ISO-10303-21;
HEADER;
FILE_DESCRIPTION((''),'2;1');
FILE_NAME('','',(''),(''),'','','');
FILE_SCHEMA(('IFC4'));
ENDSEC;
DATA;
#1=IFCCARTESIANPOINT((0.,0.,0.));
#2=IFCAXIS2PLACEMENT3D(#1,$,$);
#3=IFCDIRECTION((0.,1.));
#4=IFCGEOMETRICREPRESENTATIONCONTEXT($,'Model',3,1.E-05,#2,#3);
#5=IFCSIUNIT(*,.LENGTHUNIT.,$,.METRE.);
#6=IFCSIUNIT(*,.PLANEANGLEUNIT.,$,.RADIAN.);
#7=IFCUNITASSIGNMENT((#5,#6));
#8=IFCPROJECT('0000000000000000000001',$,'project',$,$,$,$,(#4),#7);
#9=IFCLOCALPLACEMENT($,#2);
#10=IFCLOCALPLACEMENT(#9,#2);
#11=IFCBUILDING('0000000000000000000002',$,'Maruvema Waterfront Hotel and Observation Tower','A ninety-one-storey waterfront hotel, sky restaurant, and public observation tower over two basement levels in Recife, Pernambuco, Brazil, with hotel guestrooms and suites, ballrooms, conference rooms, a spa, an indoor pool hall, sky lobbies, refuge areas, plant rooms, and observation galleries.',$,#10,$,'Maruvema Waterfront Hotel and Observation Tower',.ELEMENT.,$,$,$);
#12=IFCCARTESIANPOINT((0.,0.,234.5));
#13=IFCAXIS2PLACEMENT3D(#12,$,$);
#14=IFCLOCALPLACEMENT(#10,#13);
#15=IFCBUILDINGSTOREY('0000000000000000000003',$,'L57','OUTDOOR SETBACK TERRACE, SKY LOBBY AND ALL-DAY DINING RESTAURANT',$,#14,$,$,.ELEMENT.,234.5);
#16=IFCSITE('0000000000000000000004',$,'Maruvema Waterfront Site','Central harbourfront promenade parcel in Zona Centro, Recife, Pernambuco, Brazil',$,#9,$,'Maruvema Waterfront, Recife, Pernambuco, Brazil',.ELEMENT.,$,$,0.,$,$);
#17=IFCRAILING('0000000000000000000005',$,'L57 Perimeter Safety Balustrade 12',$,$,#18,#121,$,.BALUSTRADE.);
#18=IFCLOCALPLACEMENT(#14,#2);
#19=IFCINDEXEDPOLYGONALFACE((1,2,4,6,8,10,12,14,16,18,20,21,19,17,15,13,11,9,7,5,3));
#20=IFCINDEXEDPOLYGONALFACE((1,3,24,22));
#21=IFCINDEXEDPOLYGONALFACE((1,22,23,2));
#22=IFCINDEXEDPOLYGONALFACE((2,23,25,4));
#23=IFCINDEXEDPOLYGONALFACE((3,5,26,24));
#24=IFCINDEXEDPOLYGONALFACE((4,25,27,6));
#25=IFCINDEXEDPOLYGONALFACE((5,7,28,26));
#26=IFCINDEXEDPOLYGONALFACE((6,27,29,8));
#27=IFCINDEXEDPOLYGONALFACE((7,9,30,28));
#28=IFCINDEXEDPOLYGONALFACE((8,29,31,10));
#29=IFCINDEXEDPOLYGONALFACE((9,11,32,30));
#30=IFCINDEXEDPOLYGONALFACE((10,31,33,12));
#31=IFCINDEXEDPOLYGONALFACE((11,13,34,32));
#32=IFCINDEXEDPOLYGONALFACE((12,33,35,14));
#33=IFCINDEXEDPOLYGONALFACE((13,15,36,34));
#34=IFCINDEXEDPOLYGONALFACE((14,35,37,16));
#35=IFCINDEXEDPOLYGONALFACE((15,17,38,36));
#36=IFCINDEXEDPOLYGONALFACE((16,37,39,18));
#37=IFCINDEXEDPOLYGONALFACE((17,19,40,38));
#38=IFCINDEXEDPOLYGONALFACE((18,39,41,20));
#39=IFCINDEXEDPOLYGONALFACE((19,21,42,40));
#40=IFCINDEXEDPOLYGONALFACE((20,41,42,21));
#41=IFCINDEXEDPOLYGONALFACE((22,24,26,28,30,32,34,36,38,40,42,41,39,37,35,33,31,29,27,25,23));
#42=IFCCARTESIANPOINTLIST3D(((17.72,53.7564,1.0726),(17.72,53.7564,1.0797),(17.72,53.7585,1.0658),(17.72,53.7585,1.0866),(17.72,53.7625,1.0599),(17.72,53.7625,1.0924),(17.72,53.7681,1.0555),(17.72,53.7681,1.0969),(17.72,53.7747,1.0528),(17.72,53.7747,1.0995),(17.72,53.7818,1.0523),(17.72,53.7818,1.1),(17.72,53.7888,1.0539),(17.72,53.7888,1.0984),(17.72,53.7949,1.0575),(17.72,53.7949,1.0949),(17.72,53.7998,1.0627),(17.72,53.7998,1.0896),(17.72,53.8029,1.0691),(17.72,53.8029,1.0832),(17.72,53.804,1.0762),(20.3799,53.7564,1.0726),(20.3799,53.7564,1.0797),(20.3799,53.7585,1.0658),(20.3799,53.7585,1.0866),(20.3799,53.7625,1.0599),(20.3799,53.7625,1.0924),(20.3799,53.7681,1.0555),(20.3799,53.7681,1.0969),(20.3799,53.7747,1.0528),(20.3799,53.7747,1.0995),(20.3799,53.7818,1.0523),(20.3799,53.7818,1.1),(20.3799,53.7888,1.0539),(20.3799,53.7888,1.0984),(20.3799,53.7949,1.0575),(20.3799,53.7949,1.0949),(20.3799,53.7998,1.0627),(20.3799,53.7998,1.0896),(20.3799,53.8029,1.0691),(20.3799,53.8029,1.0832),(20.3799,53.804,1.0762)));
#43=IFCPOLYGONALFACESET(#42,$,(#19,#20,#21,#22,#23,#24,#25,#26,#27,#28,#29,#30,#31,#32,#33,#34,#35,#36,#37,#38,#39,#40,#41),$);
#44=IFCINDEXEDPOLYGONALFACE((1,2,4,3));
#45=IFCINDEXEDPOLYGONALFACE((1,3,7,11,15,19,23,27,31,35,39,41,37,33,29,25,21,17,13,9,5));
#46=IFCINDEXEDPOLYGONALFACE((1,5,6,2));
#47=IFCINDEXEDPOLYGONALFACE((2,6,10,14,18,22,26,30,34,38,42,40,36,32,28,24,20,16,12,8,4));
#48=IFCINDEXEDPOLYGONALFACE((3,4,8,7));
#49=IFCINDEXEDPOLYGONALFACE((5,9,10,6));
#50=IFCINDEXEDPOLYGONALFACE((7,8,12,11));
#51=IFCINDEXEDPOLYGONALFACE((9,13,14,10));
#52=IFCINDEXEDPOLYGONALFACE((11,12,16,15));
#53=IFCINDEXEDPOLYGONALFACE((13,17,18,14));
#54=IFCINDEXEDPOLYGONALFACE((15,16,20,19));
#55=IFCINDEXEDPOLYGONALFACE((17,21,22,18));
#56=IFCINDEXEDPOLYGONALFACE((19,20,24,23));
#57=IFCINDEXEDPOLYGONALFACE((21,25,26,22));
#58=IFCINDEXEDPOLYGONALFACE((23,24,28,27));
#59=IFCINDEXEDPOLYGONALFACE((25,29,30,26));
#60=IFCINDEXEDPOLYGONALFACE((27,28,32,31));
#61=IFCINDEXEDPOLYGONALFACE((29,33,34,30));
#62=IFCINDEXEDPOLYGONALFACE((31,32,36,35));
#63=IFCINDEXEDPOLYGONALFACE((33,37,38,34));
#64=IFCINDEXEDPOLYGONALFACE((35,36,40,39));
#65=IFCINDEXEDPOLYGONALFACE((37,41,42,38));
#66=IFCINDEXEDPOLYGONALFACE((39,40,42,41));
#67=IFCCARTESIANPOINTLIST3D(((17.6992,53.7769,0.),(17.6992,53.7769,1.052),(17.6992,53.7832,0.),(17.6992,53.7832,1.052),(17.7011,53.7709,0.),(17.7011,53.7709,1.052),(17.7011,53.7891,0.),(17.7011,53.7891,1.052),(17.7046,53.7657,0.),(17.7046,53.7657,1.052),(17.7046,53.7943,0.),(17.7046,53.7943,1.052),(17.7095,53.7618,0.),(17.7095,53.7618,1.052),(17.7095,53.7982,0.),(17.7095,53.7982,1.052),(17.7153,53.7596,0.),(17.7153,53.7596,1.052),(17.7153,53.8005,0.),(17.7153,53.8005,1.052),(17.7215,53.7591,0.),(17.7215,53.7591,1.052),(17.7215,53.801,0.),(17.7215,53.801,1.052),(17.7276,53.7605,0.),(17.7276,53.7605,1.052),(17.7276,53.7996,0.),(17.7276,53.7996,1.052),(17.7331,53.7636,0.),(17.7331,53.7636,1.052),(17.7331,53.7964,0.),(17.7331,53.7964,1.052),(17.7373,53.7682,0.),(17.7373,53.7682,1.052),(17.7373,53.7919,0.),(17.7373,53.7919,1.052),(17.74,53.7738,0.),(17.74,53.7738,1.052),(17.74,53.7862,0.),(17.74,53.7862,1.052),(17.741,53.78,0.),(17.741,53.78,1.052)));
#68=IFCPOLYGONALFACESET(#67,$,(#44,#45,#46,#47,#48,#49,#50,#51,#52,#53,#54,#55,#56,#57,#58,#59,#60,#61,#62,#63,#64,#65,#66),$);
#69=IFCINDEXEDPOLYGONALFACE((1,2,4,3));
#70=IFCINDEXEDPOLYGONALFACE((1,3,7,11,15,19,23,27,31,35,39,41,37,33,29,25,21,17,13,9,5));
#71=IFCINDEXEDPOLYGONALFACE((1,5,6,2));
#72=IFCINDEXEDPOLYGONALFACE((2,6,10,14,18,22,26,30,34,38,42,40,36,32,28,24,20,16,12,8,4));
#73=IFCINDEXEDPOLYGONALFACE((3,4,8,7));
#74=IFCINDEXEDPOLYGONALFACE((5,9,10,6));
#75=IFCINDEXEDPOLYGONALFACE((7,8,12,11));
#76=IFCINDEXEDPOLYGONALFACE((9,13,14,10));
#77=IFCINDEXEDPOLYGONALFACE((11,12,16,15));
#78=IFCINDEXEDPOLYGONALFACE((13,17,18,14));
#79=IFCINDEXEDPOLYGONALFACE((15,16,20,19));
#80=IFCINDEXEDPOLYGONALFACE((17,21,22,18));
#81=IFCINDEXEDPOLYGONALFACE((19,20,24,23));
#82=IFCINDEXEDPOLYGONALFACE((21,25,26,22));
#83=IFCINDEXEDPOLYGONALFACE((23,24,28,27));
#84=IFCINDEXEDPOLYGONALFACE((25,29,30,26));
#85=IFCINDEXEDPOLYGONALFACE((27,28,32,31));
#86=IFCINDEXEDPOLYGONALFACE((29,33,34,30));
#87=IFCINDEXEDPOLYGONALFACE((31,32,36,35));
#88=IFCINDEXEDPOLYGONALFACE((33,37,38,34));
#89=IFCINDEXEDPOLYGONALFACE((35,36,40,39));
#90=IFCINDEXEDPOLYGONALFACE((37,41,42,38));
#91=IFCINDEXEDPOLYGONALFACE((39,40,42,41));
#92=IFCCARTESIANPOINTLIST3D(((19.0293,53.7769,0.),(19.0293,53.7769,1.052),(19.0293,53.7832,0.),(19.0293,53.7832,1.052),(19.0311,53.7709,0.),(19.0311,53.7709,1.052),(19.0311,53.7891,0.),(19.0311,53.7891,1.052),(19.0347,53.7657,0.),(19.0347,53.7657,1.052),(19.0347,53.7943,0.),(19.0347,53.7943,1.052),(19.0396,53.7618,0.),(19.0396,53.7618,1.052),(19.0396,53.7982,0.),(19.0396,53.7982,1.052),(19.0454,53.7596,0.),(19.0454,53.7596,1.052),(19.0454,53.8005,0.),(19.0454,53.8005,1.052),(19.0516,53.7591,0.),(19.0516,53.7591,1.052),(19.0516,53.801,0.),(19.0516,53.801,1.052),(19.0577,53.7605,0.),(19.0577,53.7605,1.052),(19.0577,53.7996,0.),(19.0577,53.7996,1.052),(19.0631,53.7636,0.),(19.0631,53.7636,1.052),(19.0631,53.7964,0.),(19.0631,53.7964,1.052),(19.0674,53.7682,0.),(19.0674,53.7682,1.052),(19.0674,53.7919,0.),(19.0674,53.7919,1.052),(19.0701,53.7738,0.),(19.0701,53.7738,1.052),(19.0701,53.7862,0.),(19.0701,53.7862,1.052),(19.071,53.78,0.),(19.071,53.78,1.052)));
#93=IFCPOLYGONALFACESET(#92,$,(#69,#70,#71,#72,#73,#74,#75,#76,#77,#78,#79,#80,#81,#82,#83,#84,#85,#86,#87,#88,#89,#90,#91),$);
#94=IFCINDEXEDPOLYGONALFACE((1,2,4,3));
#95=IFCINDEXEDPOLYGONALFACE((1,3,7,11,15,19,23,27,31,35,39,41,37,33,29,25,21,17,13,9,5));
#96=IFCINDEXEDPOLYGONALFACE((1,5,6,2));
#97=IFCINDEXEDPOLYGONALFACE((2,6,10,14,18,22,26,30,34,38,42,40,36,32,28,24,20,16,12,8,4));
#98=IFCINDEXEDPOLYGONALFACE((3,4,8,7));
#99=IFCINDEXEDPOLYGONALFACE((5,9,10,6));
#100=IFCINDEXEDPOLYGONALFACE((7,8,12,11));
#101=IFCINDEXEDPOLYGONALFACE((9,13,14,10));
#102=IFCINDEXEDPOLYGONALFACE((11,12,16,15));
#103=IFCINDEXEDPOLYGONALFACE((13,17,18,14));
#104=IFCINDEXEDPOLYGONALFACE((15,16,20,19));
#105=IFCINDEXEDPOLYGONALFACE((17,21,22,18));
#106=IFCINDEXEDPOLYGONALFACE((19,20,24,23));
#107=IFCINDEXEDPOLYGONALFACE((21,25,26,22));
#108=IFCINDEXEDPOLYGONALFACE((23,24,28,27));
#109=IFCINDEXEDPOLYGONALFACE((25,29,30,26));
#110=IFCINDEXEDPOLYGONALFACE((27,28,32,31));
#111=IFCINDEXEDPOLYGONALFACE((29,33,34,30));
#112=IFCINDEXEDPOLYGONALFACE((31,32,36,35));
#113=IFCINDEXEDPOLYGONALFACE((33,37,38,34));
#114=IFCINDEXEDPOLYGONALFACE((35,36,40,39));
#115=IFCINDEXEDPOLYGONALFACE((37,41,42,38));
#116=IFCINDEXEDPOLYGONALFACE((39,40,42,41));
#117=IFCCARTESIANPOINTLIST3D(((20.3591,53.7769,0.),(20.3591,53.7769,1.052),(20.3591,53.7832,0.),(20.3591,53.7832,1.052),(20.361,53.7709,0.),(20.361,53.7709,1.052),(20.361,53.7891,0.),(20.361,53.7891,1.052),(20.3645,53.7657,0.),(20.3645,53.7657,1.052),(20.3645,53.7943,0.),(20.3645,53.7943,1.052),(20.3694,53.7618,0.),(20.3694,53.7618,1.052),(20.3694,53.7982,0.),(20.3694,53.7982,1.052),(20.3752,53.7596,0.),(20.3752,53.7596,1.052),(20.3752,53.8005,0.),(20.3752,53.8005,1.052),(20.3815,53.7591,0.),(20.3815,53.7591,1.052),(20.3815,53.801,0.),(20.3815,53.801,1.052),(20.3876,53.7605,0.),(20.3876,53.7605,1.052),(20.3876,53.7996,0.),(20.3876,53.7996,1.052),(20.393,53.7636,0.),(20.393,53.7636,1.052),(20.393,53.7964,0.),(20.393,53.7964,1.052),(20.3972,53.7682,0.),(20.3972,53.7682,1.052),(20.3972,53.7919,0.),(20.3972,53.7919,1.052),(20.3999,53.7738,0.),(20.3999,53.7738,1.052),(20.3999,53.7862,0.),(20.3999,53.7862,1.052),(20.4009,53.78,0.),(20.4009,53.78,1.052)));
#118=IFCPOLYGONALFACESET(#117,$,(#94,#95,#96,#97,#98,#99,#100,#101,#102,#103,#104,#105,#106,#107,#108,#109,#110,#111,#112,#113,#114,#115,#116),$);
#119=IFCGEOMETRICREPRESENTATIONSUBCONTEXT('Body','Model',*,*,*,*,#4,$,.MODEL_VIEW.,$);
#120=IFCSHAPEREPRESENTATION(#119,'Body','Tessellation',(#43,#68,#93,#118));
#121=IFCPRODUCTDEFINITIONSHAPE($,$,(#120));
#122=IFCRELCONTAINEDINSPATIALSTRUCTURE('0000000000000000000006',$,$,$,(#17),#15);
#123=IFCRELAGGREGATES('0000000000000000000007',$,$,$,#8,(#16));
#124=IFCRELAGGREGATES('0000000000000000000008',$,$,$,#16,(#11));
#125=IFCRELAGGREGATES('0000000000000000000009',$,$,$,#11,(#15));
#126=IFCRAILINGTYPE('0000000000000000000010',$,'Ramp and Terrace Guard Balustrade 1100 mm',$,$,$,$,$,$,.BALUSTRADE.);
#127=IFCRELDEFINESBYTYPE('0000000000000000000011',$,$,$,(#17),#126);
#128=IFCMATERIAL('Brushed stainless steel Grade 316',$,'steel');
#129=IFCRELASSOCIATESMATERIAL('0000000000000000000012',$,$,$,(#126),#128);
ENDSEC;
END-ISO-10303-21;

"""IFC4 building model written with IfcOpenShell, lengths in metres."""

from ifc_helpers import new_model, si_unit, direction, frame, origin, origin_2d, place, context, subcontext, project, spatial, circle, extrude, material, type_object, element, save


model = new_model("IFC4")

# Units and contexts
model_context = context("Model", 3, precision=1e-05, world=origin(), true_north=direction((0.0, 1.0)))
body_context = subcontext(model_context, "Body", "Model", "MODEL_VIEW")
ifc_project = project(units=[si_unit("LENGTHUNIT", "METRE"), si_unit("PLANEANGLEUNIT", "RADIAN")], contexts=[model_context])

# Site, building, storey
site_placement = place(None, origin())
site = spatial("IfcSite", under=ifc_project, at=site_placement, Name="Maruvema Waterfront Site", Description="Central harbourfront promenade parcel in Zona Centro, Recife, Pernambuco, Brazil", LongName="Maruvema Waterfront, Recife, Pernambuco, Brazil", CompositionType="ELEMENT", RefElevation=0.0)
building_placement = place(site_placement, origin())
building = spatial("IfcBuilding", under=site, at=building_placement, Name="Maruvema Waterfront Hotel and Observation Tower", Description="A ninety-one-storey waterfront hotel, sky restaurant, and public observation tower over two basement levels in Recife, Pernambuco, Brazil, with hotel guestrooms and suites, ballrooms, conference rooms, a spa, an indoor pool hall, sky lobbies, refuge areas, plant rooms, and observation galleries.", LongName="Maruvema Waterfront Hotel and Observation Tower", CompositionType="ELEMENT")
storey_placement = place(building_placement, frame((0.0, 0.0, 234.5)))
storey = spatial("IfcBuildingStorey", under=building, at=storey_placement, Name="L57", Description="OUTDOOR SETBACK TERRACE, SKY LOBBY AND ALL-DAY DINING RESTAURANT", CompositionType="ELEMENT", Elevation=234.5)

# Railing
ifc_material_1 = material(Name="Brushed stainless steel Grade 316", Category="steel")
railing_type = type_object("IfcRailingType", Name="Ramp and Terrace Guard Balustrade 1100 mm", PredefinedType="BALUSTRADE", material=ifc_material_1)
railing_1_placement = place(storey_placement, frame((17.72, 53.78, 0.0)))
element("IfcRailing", 1, at=railing_1_placement, inside=storey, type_object=railing_type, Name="L57 Perimeter Safety Balustrade 12", PredefinedType="BALUSTRADE", context=body_context, shape_type="SweptSolid", body=[
    extrude(circle(Radius=0.0239, at=origin_2d()), frame((0.0, 0.0, 1.0762), z_axis=(1.0, 0.0, 0.0), x_axis=(0.0, 1.0, 0.0)), (0.0, 0.0, 1.0), 2.6599),
    extrude(circle(Radius=0.021, at=origin_2d()), origin(), (0.0, 0.0, 1.0), 1.052),
    extrude(circle(Radius=0.021, at=origin_2d()), frame((1.3301, 0.0, 0.0)), (0.0, 0.0, 1.0), 1.052),
    extrude(circle(Radius=0.021, at=origin_2d()), frame((2.6599, 0.0, 0.0)), (0.0, 0.0, 1.0), 1.052),
])

save(model, "model.ifc")
